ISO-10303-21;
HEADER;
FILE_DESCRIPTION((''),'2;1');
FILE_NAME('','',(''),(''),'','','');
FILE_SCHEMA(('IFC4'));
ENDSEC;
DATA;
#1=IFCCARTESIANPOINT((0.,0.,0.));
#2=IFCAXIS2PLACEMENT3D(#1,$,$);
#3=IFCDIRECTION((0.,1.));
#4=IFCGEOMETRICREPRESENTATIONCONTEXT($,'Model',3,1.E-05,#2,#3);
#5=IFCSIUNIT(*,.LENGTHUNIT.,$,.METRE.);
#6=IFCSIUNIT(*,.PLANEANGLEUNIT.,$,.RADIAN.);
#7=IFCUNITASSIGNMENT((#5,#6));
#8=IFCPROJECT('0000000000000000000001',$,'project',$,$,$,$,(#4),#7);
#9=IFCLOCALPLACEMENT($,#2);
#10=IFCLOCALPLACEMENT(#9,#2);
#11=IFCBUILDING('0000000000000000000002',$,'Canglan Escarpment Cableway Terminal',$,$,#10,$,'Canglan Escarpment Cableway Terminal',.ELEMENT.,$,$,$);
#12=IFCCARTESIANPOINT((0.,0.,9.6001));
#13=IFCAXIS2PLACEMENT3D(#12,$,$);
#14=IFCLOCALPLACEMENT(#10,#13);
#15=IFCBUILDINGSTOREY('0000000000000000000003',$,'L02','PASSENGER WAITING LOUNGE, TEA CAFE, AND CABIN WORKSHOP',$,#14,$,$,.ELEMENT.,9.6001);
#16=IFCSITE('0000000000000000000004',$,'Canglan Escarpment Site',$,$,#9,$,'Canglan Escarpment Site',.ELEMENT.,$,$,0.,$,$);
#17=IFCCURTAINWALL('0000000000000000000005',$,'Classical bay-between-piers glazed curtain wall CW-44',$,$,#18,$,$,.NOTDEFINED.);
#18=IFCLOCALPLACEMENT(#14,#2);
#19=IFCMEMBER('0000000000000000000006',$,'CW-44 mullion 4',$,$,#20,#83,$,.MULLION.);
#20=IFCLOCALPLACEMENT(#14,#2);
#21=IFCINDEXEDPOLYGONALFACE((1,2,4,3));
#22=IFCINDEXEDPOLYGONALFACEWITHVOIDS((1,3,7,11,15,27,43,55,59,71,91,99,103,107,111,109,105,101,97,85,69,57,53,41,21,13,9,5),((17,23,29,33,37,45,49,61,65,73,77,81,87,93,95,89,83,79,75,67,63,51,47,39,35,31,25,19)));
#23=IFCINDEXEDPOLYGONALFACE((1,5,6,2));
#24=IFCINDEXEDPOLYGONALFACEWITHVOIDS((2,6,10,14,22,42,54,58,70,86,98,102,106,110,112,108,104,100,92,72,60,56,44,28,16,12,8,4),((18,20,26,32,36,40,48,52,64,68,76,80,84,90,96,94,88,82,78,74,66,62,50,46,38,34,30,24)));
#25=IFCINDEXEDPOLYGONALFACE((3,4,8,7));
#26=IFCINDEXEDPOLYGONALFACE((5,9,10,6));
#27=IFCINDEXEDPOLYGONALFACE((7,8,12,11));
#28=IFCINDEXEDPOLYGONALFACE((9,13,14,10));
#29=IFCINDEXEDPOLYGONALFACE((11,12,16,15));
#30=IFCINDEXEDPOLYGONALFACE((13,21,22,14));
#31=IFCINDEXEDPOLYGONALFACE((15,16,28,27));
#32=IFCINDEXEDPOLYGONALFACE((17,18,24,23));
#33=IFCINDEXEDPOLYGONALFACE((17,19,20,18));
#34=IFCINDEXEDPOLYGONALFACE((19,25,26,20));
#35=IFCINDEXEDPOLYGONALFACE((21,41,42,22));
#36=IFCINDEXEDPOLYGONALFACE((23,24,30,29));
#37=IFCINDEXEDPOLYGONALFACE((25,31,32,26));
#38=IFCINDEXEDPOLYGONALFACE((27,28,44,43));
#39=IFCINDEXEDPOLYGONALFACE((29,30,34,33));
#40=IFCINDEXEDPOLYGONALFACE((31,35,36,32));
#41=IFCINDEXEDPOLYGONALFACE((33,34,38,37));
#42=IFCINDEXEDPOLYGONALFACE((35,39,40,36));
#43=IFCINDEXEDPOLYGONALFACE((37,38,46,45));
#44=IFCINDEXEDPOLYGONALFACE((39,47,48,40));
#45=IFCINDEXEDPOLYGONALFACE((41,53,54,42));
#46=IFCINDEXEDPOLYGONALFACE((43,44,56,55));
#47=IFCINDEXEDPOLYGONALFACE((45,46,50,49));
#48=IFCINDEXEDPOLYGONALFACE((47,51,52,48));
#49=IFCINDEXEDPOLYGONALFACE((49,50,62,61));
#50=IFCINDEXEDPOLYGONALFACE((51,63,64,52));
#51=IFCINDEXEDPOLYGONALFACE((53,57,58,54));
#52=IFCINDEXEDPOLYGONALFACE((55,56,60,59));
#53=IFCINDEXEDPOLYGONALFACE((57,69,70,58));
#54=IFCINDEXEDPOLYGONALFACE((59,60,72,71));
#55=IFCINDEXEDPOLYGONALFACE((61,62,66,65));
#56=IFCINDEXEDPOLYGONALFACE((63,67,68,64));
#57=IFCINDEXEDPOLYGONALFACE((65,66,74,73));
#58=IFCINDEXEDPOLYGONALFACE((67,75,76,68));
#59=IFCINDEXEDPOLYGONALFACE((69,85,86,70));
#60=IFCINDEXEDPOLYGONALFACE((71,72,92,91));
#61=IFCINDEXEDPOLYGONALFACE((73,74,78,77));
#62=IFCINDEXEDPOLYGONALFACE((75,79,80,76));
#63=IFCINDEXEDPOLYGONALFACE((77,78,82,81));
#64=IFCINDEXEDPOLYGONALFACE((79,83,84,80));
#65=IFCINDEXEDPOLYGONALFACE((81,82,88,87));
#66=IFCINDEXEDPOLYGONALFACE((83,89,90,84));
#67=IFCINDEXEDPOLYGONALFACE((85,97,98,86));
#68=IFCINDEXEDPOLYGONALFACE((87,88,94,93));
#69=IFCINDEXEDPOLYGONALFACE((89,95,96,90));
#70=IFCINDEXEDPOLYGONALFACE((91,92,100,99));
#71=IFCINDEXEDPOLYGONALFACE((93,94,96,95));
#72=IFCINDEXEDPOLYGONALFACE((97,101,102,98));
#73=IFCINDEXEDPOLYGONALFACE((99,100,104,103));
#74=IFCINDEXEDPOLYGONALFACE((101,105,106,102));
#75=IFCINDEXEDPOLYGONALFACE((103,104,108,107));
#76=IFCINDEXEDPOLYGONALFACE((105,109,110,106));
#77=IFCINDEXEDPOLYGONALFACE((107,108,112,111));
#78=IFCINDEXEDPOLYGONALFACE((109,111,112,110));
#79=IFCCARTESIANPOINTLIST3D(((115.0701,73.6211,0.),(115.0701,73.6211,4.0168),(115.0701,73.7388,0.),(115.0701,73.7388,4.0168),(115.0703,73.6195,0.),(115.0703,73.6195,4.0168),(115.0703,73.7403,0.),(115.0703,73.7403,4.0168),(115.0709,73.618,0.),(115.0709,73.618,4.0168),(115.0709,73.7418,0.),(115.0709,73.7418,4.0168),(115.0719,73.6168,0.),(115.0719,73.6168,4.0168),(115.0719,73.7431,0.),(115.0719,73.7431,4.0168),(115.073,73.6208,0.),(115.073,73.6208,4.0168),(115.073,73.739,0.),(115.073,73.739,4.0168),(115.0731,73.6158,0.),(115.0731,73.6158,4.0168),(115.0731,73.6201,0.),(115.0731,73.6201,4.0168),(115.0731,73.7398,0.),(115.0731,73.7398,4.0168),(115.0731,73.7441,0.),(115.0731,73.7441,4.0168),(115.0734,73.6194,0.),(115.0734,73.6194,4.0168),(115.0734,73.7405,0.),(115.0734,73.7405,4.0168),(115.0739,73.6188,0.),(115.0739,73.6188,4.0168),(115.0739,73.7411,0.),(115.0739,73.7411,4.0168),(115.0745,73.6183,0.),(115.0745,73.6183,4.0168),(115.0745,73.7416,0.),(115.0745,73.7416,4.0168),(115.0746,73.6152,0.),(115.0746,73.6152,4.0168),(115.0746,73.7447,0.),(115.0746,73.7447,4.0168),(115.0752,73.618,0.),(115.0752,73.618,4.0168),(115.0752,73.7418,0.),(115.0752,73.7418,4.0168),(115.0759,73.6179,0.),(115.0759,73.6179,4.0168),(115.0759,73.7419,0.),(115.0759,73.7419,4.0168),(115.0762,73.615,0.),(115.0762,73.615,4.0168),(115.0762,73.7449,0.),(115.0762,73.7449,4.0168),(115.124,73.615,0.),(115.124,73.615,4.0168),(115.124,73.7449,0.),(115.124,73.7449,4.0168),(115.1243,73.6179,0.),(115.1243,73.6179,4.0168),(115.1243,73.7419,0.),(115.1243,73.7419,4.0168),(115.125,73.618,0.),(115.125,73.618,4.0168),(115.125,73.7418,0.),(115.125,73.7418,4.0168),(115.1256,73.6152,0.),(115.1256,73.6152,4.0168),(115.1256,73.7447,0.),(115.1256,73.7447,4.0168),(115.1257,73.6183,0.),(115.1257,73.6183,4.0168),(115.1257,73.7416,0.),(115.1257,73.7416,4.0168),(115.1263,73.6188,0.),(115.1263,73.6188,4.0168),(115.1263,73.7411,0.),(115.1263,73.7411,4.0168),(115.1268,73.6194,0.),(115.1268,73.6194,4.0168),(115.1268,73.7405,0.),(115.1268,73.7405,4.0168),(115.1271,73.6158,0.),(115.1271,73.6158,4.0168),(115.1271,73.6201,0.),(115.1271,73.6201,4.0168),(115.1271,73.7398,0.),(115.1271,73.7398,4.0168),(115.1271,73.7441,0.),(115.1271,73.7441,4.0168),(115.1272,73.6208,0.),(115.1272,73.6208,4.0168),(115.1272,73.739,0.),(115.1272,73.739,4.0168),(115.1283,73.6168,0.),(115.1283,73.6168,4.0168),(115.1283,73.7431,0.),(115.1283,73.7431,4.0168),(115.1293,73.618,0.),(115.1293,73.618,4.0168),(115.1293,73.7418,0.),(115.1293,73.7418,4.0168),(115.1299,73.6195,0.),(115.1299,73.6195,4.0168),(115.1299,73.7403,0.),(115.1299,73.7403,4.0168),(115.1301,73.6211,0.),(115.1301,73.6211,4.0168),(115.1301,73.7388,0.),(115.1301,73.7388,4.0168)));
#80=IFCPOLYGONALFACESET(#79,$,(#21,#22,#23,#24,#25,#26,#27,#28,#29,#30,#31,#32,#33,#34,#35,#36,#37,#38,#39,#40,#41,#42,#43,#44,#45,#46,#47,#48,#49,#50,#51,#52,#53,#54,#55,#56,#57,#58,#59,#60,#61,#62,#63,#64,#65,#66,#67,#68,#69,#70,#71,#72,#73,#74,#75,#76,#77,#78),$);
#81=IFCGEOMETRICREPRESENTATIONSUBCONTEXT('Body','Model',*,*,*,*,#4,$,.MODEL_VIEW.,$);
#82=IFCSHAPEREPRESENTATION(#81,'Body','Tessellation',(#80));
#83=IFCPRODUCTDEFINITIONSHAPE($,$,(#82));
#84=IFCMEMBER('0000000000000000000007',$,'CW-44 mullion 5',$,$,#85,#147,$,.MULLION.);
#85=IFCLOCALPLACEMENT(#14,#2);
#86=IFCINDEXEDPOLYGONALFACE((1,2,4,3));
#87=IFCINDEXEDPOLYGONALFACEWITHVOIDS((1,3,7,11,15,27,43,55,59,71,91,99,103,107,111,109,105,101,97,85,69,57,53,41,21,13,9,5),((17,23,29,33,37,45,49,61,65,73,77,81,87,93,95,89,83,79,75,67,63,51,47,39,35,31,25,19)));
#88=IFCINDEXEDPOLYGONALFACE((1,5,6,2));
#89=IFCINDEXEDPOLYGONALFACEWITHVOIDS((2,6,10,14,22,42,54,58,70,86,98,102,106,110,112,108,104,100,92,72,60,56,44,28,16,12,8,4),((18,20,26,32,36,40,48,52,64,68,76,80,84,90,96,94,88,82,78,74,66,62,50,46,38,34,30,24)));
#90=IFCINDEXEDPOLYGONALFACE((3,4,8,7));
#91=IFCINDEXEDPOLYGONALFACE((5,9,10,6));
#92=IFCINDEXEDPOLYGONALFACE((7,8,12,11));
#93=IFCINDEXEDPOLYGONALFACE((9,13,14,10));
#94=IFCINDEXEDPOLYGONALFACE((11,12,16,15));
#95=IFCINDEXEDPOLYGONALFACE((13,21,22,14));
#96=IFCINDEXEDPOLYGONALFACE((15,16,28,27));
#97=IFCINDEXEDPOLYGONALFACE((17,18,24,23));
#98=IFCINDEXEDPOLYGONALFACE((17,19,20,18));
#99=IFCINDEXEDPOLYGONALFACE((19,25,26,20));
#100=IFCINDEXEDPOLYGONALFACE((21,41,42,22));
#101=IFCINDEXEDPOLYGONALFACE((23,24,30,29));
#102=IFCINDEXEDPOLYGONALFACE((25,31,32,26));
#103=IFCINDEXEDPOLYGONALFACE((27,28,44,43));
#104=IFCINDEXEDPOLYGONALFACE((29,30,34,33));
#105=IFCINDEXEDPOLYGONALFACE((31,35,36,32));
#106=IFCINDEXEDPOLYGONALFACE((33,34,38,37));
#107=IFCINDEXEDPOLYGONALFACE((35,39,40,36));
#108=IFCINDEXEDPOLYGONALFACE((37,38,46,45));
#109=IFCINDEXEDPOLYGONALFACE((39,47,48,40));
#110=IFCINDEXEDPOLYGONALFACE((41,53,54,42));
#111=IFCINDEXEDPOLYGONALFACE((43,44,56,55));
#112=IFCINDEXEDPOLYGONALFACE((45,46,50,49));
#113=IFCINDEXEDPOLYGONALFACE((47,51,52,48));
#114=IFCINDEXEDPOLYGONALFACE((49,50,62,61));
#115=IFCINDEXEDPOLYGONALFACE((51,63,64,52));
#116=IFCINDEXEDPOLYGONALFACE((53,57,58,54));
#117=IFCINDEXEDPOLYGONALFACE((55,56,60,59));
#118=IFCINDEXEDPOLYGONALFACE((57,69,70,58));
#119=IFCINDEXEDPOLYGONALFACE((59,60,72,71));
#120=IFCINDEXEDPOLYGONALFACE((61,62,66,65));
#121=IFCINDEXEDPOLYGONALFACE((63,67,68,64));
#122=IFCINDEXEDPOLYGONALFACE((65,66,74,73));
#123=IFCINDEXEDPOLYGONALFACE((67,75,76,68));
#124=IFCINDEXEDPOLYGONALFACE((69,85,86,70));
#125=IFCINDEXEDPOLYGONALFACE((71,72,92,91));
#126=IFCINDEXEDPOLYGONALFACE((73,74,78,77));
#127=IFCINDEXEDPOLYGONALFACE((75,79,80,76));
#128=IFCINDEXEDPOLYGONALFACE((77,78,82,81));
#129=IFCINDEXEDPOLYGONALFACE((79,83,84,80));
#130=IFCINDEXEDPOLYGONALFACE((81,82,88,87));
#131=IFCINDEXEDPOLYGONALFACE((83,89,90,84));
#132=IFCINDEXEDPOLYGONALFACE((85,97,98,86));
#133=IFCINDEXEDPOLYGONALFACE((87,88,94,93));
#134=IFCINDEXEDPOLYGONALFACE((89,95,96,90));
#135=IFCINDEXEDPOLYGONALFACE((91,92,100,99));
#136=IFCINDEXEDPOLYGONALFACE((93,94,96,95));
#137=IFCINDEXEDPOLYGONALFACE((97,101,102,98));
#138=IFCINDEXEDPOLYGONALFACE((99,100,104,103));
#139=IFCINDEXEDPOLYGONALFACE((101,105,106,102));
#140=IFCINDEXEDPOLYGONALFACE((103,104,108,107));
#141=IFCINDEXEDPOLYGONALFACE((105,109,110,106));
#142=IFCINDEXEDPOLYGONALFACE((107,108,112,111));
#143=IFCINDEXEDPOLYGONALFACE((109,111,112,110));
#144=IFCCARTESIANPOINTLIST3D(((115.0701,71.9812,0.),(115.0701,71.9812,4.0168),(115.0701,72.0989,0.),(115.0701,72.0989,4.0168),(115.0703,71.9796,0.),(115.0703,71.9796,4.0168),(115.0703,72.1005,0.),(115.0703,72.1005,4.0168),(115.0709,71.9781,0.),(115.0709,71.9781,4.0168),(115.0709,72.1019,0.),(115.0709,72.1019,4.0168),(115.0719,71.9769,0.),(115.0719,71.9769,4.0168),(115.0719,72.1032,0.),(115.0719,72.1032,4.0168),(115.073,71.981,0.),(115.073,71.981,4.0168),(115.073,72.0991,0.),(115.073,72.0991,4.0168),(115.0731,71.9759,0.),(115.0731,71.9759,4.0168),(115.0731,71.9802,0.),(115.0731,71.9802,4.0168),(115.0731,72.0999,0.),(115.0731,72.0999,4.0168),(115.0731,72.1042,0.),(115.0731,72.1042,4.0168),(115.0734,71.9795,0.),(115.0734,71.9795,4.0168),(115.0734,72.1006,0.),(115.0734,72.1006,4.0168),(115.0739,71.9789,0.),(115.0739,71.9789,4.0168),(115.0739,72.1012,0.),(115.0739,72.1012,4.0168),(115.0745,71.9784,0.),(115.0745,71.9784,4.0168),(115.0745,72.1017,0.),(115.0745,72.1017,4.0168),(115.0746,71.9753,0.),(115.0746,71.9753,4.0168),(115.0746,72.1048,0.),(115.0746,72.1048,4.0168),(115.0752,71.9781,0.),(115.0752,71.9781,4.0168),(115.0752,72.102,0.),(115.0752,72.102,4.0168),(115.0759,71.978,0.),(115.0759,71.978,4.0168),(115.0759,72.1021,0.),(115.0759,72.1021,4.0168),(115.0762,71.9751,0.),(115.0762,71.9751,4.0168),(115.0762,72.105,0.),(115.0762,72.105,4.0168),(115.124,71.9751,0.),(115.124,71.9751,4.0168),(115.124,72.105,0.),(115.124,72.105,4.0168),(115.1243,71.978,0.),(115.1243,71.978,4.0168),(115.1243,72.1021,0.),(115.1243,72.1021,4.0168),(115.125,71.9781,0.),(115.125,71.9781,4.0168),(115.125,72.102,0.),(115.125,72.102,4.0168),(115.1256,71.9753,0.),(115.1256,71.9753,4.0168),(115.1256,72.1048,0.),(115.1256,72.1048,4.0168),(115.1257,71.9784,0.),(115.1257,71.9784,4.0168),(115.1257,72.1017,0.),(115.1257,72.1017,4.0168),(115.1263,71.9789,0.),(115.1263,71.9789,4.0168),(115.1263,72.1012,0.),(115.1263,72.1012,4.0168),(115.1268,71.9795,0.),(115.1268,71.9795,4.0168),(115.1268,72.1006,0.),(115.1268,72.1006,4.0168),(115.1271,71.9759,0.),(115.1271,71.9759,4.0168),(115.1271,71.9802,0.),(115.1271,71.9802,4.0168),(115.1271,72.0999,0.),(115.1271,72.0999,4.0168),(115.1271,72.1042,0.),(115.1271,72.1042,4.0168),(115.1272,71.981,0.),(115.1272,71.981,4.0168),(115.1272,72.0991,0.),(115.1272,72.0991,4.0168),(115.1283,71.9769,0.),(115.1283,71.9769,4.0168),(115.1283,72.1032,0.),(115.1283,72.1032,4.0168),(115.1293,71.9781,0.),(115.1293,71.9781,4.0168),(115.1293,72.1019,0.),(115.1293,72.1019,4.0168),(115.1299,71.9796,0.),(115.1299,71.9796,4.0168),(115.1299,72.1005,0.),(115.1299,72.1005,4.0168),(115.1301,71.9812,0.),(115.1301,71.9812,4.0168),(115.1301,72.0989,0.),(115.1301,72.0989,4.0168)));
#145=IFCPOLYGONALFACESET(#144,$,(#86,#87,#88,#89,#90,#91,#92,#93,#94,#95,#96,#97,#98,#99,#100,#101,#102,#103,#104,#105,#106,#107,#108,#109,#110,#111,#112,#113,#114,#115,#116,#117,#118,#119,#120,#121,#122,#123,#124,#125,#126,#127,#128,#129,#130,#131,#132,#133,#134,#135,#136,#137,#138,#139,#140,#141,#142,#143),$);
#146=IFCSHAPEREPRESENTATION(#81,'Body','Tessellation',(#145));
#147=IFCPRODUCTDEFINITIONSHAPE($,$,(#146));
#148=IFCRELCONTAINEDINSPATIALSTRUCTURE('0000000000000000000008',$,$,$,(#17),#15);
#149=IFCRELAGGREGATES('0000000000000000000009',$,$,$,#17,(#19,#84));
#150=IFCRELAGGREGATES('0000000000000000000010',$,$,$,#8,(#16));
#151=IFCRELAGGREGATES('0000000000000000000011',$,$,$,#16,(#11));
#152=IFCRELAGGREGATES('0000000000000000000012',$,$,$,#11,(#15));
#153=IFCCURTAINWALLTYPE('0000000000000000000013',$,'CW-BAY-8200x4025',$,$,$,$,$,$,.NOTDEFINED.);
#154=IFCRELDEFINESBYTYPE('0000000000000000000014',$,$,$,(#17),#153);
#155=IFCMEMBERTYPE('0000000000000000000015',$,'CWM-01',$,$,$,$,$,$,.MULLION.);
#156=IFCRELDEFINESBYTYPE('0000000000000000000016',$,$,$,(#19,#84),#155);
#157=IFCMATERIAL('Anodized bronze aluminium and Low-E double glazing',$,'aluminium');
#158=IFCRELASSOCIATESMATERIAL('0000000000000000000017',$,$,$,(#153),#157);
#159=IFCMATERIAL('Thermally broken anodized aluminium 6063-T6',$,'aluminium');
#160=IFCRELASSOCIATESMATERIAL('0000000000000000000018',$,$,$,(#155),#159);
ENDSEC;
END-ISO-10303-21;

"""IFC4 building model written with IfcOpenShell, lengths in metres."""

from ifc_helpers import new_model, si_unit, direction, frame, origin, origin_2d, place, context, subcontext, project, spatial, hollow_rectangle, extrude, material, material_profile, profile_set, type_object, element, aggregate, save


model = new_model("IFC4")

# Units and contexts
model_context = context("Model", 3, precision=1e-05, world=origin(), true_north=direction((0.0, 1.0)))
body_context = subcontext(model_context, "Body", "Model", "MODEL_VIEW")
ifc_project = project(units=[si_unit("LENGTHUNIT", "METRE"), si_unit("PLANEANGLEUNIT", "RADIAN")], contexts=[model_context])

# Site, building, storey
site_placement = place(None, origin())
site = spatial("IfcSite", under=ifc_project, at=site_placement, Name="Canglan Escarpment Site", LongName="Canglan Escarpment Site", CompositionType="ELEMENT", RefElevation=0.0)
building_placement = place(site_placement, origin())
building = spatial("IfcBuilding", under=site, at=building_placement, Name="Canglan Escarpment Cableway Terminal", LongName="Canglan Escarpment Cableway Terminal", CompositionType="ELEMENT")
storey_placement = place(building_placement, frame((0.0, 0.0, 9.6001)))
storey = spatial("IfcBuildingStorey", under=building, at=storey_placement, Name="L02", Description="PASSENGER WAITING LOUNGE, TEA CAFE, AND CABIN WORKSHOP", CompositionType="ELEMENT", Elevation=9.6001)

# Curtain wall, members
ifc_material_1 = material(Name="Anodized bronze aluminium and Low-E double glazing", Category="aluminium")
curtain_wall_type = type_object("IfcCurtainWallType", Name="CW-BAY-8200x4025", PredefinedType="NOTDEFINED", material=ifc_material_1)
curtain_wall_1_placement = place(storey_placement, origin())
curtain_wall_1 = element("IfcCurtainWall", 1, at=curtain_wall_1_placement, inside=storey, type_object=curtain_wall_type, Name="Classical bay-between-piers glazed curtain wall CW-44", PredefinedType="NOTDEFINED")
ifc_material_2 = material(Name="Thermally broken anodized aluminium 6063-T6", Category="aluminium")
ifc_material_profile_1 = material_profile(ifc_material_2, hollow_rectangle(XDim=0.0601, YDim=0.1299, WallThickness=0.0029, InnerFilletRadius=0.0029, OuterFilletRadius=0.0061, at=origin_2d()), Name="ALU-MULL 60x130x3")
ifc_profile_set_1 = profile_set([ifc_material_profile_1], Name="Thermally broken anodized aluminium 6063-T6")
member_type_1 = type_object("IfcMemberType", Name="CWM-01", PredefinedType="MULLION", material=ifc_profile_set_1)
member_1_placement = place(storey_placement, frame((115.1001, 73.6799, 0.0), z_axis=(0.0, 0.0, 1.0), x_axis=(1.0, 0.0, 0.0)))
member_1 = element("IfcMember", 2, at=member_1_placement, type_object=member_type_1, Name="CW-44 mullion 4", PredefinedType="MULLION", context=body_context, shape_type="SweptSolid", body=[
    extrude(hollow_rectangle(XDim=0.0601, YDim=0.1299, WallThickness=0.0029, InnerFilletRadius=0.0029, OuterFilletRadius=0.0061, at=origin_2d()), origin(), (0.0, 0.0, 1.0), 4.0168),
])
member_2_placement = place(storey_placement, frame((115.1001, 72.04, 0.0), z_axis=(0.0, 0.0, 1.0), x_axis=(1.0, 0.0, 0.0)))
member_2 = element("IfcMember", 3, at=member_2_placement, type_object=member_type_1, Name="CW-44 mullion 5", PredefinedType="MULLION", context=body_context, shape_type="SweptSolid", body=[
    extrude(hollow_rectangle(XDim=0.0601, YDim=0.1299, WallThickness=0.0029, InnerFilletRadius=0.0029, OuterFilletRadius=0.0061, at=origin_2d()), origin(), (0.0, 0.0, 1.0), 4.0168),
])

aggregate(curtain_wall_1, [member_1, member_2])

save(model, "model.ifc")
